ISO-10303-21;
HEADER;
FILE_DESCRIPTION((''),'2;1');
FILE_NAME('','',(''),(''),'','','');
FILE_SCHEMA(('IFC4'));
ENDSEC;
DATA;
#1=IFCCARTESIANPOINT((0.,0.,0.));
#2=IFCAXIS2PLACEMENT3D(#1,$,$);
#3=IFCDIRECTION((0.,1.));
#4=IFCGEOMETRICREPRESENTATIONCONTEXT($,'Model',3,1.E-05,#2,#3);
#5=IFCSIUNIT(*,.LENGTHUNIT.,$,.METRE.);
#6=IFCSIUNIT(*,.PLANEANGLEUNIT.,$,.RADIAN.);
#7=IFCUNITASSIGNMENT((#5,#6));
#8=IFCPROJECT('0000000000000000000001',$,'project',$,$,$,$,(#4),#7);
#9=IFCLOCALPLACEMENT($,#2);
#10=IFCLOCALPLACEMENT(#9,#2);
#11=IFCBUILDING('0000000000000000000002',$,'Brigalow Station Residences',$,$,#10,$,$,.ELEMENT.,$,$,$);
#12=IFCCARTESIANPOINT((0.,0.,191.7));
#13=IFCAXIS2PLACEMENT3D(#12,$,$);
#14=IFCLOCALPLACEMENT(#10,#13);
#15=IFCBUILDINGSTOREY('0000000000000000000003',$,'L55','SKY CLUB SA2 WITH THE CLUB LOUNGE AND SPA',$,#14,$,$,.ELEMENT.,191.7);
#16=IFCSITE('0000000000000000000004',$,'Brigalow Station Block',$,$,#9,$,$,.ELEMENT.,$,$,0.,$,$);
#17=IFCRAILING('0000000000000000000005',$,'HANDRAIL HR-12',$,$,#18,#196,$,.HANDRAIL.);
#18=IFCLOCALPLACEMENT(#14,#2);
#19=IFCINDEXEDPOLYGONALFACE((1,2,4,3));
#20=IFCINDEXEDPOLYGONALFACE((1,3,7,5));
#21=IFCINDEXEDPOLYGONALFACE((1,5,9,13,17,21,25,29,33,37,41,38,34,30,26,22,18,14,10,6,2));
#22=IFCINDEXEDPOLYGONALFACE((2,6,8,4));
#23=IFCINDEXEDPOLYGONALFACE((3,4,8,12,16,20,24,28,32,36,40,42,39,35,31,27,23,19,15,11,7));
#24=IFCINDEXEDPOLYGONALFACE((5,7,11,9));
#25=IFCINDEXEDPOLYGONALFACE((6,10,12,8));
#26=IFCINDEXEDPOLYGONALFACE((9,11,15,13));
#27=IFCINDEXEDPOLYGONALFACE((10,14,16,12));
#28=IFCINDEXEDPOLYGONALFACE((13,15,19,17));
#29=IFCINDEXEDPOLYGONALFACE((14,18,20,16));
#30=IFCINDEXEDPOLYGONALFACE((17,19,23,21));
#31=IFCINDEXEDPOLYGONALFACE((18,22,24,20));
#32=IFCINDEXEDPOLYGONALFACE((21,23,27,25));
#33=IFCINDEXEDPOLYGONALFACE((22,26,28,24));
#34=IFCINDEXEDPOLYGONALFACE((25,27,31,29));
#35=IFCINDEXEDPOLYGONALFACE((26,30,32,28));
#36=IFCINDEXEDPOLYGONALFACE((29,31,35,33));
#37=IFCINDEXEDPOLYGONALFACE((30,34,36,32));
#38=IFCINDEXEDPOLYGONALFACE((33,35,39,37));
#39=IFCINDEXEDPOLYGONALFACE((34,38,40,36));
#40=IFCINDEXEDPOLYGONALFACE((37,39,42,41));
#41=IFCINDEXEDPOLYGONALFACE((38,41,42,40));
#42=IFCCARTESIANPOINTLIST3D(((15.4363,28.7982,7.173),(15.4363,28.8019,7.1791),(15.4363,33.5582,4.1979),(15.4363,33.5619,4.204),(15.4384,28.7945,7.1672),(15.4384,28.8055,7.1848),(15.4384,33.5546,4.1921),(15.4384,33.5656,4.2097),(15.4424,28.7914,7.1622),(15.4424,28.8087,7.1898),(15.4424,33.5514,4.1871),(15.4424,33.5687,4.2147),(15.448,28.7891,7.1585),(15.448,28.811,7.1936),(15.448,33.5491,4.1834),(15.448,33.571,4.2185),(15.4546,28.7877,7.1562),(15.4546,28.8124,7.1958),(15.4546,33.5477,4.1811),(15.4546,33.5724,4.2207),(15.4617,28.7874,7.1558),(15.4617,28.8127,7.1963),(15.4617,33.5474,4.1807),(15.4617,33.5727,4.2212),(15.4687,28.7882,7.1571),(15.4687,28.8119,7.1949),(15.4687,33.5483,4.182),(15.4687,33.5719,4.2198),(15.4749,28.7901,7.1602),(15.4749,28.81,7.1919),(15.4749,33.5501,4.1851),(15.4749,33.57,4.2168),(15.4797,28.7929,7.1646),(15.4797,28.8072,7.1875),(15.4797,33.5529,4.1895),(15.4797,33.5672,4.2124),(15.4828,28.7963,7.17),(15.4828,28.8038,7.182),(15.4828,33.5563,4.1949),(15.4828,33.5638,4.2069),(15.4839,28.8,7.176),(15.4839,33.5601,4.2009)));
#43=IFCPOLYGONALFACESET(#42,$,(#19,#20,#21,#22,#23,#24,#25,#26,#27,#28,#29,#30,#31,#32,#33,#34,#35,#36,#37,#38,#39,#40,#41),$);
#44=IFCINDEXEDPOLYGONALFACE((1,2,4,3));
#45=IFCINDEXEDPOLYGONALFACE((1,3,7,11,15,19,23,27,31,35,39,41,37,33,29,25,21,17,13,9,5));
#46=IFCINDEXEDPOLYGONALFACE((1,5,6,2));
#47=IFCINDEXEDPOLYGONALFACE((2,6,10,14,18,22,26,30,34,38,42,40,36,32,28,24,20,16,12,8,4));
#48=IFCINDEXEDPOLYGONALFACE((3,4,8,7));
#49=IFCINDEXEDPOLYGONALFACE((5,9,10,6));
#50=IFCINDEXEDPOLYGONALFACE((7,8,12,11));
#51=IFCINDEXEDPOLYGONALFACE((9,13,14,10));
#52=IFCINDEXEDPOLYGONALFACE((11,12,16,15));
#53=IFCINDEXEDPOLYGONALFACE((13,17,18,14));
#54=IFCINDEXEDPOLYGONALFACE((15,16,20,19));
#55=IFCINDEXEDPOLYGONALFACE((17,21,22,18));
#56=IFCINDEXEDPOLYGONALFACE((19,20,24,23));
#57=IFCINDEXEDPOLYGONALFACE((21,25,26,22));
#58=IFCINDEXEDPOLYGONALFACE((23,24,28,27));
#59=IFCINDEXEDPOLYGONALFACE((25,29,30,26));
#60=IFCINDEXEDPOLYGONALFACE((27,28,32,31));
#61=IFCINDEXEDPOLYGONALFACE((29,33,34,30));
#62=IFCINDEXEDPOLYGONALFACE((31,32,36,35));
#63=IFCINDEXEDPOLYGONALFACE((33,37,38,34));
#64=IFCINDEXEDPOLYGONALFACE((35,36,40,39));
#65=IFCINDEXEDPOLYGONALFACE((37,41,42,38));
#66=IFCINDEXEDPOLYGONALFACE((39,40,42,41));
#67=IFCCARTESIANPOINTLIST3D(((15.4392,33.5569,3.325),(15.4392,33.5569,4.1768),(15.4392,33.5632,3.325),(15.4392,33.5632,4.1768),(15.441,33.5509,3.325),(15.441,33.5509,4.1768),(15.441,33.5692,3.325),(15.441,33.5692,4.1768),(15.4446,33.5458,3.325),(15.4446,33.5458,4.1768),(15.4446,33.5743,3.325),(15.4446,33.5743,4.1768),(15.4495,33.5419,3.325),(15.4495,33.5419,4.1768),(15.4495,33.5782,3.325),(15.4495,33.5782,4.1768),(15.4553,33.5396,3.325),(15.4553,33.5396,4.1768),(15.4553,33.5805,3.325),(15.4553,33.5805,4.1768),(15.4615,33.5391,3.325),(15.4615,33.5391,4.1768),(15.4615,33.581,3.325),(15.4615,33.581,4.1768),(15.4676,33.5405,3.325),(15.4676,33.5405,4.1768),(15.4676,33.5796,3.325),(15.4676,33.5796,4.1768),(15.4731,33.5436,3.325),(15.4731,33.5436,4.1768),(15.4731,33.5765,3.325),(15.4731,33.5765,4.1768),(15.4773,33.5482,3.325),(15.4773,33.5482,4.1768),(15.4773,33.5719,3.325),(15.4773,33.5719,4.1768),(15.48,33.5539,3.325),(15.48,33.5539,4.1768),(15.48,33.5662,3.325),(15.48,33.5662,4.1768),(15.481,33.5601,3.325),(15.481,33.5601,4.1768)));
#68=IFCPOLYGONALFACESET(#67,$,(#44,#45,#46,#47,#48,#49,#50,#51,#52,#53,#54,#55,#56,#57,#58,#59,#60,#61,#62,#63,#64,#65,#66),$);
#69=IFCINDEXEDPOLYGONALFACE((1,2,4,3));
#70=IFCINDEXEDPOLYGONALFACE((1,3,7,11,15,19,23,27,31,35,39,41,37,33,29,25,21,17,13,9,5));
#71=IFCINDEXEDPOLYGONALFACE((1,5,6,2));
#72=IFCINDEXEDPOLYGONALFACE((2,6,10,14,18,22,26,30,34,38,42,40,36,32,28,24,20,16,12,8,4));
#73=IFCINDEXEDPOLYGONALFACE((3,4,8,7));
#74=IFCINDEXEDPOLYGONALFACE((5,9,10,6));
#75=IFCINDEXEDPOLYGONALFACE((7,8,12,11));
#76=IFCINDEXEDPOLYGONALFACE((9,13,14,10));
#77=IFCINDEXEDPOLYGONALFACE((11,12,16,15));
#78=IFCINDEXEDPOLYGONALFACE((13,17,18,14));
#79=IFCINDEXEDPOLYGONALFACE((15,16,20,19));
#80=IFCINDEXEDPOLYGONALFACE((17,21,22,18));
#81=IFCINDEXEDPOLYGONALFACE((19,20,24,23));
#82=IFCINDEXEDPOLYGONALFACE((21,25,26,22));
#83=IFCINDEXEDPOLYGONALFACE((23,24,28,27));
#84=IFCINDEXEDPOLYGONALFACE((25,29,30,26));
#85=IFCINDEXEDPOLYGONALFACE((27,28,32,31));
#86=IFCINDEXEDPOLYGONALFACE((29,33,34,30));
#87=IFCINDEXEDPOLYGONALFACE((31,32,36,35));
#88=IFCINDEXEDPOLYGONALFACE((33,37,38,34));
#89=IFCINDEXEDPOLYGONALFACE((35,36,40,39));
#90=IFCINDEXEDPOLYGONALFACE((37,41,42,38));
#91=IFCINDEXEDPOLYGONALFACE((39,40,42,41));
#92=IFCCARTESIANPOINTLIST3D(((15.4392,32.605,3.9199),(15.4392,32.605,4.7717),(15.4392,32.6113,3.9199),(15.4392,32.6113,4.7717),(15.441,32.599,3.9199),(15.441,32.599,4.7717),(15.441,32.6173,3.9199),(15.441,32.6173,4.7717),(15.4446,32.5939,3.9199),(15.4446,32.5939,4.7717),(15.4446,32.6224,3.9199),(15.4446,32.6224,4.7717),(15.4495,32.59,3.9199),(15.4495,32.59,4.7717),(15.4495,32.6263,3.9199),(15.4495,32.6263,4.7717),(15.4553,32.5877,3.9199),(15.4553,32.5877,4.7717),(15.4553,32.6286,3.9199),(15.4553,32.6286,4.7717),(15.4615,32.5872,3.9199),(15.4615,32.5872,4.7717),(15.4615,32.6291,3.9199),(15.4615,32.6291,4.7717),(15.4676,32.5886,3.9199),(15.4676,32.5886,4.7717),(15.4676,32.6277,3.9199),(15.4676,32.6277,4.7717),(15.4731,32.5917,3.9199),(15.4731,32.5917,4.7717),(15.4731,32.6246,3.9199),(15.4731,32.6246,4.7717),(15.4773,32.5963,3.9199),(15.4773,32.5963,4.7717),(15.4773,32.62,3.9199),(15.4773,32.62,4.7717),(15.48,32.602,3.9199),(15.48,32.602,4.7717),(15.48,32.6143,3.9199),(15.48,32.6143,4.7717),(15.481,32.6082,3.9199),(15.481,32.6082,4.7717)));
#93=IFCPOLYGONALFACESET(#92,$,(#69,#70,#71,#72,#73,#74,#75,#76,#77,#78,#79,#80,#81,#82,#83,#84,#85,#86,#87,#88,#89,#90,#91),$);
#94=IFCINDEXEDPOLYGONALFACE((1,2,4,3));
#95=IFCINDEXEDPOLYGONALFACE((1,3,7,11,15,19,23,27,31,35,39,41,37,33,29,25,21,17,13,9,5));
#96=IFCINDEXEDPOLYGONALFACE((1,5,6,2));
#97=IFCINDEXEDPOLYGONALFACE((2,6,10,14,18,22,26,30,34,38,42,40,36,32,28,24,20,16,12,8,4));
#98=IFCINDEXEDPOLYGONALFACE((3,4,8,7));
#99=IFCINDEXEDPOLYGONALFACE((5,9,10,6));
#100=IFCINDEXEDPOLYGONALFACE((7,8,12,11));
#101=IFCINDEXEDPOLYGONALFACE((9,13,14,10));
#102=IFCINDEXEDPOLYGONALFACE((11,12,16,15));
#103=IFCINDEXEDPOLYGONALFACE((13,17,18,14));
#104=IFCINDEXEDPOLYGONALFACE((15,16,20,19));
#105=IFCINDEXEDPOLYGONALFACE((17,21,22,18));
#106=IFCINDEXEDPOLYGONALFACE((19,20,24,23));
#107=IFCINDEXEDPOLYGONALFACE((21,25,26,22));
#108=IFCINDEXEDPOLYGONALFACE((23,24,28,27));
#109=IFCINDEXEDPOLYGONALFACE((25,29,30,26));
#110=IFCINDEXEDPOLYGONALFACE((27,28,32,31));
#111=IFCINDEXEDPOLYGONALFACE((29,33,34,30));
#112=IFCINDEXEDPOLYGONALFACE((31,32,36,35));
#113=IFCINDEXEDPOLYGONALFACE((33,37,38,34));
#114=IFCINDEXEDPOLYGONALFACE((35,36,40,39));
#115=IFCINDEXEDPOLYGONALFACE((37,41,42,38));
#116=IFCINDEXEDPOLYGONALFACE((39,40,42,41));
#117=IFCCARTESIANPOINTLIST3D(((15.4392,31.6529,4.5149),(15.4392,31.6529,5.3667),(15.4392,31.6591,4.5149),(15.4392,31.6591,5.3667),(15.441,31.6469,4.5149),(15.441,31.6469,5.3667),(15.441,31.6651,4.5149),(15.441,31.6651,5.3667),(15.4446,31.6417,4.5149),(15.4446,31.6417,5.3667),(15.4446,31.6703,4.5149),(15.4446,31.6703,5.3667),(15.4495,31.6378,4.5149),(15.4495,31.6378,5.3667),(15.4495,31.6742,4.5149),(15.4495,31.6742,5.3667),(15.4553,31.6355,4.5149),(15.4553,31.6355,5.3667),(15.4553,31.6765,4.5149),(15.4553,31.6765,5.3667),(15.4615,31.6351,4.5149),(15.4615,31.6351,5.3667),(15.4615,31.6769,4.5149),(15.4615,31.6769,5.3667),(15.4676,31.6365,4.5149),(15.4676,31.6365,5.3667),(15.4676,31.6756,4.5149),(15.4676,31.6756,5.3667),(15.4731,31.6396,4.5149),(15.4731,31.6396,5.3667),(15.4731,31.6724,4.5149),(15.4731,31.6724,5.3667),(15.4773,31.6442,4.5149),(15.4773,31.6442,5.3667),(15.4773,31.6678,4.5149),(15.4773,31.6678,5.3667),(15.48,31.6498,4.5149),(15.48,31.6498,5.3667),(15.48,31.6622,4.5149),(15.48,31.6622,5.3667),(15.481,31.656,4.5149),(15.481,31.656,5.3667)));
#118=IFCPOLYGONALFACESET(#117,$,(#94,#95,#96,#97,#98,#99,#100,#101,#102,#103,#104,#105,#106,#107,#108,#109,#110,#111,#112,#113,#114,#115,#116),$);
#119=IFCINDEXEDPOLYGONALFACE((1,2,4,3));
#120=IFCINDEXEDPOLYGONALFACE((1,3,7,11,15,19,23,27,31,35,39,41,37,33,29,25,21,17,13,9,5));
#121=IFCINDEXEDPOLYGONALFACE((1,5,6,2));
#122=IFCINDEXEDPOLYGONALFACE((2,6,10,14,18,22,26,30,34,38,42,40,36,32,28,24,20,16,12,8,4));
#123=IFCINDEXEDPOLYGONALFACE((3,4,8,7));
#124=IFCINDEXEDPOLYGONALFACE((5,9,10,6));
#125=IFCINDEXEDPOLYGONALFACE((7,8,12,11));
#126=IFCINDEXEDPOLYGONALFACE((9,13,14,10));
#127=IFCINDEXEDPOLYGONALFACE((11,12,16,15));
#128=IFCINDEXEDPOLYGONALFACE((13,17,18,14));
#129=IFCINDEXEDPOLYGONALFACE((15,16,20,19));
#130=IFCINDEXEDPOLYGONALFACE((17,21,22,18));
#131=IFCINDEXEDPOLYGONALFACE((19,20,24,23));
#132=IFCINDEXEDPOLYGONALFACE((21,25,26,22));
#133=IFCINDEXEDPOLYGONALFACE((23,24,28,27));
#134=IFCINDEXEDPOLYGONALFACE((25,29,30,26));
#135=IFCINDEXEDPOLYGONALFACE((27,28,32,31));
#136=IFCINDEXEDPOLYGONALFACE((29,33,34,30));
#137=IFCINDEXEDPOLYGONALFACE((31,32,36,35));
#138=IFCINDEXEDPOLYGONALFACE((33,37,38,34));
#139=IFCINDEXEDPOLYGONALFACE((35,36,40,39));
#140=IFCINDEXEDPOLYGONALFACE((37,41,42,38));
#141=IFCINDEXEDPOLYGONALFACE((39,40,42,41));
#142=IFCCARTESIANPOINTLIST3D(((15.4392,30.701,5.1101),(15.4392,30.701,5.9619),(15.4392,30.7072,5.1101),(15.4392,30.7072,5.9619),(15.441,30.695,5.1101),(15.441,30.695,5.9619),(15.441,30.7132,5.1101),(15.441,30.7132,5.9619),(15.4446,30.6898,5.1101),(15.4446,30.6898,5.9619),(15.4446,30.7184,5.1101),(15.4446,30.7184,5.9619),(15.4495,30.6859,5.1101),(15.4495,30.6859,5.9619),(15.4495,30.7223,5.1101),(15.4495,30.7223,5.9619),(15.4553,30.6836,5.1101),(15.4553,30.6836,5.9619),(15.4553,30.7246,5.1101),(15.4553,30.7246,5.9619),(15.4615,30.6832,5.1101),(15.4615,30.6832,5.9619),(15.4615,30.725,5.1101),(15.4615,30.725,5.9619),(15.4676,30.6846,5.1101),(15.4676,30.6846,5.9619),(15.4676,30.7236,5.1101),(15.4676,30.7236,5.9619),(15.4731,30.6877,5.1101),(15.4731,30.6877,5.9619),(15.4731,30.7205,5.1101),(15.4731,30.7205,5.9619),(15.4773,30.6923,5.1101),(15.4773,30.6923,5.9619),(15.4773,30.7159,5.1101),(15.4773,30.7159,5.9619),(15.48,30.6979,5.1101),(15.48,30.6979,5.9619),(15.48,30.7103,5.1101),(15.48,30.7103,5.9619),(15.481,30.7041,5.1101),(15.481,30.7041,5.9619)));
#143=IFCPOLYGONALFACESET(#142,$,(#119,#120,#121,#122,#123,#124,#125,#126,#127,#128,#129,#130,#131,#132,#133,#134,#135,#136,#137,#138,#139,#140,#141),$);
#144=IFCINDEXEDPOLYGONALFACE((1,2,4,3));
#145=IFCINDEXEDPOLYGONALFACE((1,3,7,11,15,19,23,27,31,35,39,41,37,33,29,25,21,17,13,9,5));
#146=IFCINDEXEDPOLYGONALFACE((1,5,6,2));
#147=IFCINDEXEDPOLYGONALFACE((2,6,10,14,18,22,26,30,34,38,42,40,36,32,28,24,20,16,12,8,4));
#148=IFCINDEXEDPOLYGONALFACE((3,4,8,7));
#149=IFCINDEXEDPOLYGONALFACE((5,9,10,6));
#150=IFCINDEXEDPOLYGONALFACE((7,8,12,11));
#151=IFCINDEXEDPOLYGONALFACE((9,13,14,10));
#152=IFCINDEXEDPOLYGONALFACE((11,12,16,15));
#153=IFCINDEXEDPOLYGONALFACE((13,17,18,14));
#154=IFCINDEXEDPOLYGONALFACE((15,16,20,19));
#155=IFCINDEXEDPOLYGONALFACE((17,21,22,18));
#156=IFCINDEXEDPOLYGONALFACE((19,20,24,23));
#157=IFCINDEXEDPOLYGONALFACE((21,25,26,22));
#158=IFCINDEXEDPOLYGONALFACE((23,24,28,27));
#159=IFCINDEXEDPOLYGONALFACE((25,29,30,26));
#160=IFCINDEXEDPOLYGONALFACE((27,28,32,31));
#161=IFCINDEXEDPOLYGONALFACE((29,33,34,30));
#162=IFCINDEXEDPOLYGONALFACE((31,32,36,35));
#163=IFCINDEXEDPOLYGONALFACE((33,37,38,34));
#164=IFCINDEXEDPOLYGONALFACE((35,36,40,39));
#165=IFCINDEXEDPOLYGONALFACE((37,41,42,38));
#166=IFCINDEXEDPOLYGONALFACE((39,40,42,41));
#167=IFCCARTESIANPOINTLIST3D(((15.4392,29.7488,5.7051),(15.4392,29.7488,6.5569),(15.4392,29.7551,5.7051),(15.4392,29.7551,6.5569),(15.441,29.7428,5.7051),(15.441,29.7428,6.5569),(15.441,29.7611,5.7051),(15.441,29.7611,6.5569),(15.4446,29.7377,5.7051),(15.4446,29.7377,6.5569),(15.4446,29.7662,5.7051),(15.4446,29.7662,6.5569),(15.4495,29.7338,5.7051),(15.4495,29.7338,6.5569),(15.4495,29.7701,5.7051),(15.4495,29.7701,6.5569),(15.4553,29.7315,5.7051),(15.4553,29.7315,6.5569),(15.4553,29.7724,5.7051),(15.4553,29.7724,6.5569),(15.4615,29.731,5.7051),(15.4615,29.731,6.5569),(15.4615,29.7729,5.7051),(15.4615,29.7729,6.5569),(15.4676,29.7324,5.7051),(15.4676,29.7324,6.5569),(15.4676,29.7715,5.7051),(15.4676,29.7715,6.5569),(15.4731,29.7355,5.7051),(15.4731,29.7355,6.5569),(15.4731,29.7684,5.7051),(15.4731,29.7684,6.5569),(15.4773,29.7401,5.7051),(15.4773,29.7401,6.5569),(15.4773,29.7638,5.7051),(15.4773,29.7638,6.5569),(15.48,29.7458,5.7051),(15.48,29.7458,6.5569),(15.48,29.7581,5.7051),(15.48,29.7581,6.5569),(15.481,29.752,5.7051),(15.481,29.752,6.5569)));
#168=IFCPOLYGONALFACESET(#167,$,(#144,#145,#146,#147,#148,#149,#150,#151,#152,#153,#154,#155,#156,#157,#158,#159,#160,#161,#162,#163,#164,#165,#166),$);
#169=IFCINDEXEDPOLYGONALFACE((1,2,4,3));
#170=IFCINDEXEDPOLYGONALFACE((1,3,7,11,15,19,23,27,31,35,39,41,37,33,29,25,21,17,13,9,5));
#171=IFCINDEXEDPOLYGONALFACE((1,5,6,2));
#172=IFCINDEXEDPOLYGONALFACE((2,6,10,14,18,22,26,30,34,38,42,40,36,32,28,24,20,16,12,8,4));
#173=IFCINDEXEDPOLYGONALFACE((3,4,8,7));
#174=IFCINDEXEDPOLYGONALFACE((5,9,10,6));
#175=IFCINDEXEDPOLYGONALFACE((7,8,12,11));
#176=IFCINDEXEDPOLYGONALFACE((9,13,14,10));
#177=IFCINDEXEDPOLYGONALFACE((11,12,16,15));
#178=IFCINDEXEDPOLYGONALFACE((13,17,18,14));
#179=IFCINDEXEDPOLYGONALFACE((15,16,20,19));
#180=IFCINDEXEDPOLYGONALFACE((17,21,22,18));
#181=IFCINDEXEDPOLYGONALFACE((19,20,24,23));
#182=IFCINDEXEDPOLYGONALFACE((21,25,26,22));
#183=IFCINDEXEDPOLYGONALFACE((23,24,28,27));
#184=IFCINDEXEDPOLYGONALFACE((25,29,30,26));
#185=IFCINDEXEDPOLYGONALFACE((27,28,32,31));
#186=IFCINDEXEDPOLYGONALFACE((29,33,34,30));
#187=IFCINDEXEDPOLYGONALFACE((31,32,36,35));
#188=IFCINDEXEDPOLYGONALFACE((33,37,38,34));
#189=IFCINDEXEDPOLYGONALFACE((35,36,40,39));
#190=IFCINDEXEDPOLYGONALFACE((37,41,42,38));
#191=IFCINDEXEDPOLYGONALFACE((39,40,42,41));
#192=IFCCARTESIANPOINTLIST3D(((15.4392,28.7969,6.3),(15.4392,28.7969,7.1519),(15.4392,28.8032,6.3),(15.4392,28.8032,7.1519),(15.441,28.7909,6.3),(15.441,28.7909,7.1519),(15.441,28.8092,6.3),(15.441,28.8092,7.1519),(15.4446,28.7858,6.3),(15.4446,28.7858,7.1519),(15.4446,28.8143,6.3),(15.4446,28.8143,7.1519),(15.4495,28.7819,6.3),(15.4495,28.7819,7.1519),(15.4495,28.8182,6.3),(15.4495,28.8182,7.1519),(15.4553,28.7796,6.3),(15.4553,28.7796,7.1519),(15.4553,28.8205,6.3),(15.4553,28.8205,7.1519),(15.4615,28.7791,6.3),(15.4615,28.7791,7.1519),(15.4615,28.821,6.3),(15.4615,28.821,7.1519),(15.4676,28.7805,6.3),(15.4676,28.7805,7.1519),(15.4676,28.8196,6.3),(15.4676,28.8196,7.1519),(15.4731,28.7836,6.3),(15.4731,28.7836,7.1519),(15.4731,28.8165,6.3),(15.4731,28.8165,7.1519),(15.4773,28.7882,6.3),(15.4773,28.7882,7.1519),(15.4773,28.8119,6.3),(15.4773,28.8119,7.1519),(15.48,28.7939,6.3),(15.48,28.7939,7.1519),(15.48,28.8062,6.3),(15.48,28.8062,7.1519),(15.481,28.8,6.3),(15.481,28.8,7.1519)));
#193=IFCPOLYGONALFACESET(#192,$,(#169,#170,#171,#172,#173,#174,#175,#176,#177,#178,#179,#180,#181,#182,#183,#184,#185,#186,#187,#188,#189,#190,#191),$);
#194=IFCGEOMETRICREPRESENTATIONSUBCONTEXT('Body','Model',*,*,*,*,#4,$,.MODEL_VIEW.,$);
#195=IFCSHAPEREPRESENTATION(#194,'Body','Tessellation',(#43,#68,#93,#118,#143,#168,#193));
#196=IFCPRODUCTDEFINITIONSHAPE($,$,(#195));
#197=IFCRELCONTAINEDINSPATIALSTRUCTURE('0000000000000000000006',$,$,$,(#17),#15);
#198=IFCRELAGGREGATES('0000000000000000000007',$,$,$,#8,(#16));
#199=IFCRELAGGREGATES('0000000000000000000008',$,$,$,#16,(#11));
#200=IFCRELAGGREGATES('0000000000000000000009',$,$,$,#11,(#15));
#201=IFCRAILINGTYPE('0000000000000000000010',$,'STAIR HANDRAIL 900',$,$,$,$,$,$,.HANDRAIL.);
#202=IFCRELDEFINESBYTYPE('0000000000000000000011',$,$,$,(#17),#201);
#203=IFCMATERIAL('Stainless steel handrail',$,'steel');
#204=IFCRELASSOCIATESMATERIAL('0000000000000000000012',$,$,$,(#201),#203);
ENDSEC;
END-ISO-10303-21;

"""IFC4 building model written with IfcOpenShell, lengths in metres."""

from ifc_helpers import new_model, si_unit, direction, frame, origin, origin_2d, place, context, subcontext, project, spatial, circle, extrude, material, type_object, element, save


model = new_model("IFC4")

# Units and contexts
model_context = context("Model", 3, precision=1e-05, world=origin(), true_north=direction((0.0, 1.0)))
body_context = subcontext(model_context, "Body", "Model", "MODEL_VIEW")
ifc_project = project(units=[si_unit("LENGTHUNIT", "METRE"), si_unit("PLANEANGLEUNIT", "RADIAN")], contexts=[model_context])

# Site, building, storey
site_placement = place(None, origin())
site = spatial("IfcSite", under=ifc_project, at=site_placement, Name="Brigalow Station Block", CompositionType="ELEMENT", RefElevation=0.0)
building_placement = place(site_placement, origin())
building = spatial("IfcBuilding", under=site, at=building_placement, Name="Brigalow Station Residences", CompositionType="ELEMENT")
storey_placement = place(building_placement, frame((0.0, 0.0, 191.7)))
storey = spatial("IfcBuildingStorey", under=building, at=storey_placement, Name="L55", Description="SKY CLUB SA2 WITH THE CLUB LOUNGE AND SPA", CompositionType="ELEMENT", Elevation=191.7)

# Railing
ifc_material_1 = material(Name="Stainless steel handrail", Category="steel")
railing_type = type_object("IfcRailingType", Name="STAIR HANDRAIL 900", PredefinedType="HANDRAIL", material=ifc_material_1)
railing_placement = place(storey_placement, frame((15.46, 33.5601, 3.325)))
element("IfcRailing", 1, at=railing_placement, inside=storey, type_object=railing_type, Name="HANDRAIL HR-12", PredefinedType="HANDRAIL", context=body_context, shape_type="SweptSolid", body=[
    extrude(circle(Radius=0.0239, at=origin_2d()), frame((0.0, 0.0, 0.876), z_axis=(0.0, -0.847991, 0.530011), x_axis=(1.0, 0.0, 0.0)), (0.0, 0.0, 1.0), 5.6133),
    extrude(circle(Radius=0.021, at=origin_2d()), origin(), (0.0, 0.0, 1.0), 0.8518),
    extrude(circle(Radius=0.021, at=origin_2d()), frame((0.0, -0.9519, 0.595)), (0.0, 0.0, 1.0), 0.8518),
    extrude(circle(Radius=0.021, at=origin_2d()), frame((0.0, -1.9041, 1.1899)), (0.0, 0.0, 1.0), 0.8518),
    extrude(circle(Radius=0.021, at=origin_2d()), frame((0.0, -2.856, 1.7852)), (0.0, 0.0, 1.0), 0.8518),
    extrude(circle(Radius=0.021, at=origin_2d()), frame((0.0, -3.8081, 2.3801)), (0.0, 0.0, 1.0), 0.8518),
    extrude(circle(Radius=0.021, at=origin_2d()), frame((0.0, -4.76, 2.9751)), (0.0, 0.0, 1.0), 0.8518),
])

save(model, "model.ifc")
